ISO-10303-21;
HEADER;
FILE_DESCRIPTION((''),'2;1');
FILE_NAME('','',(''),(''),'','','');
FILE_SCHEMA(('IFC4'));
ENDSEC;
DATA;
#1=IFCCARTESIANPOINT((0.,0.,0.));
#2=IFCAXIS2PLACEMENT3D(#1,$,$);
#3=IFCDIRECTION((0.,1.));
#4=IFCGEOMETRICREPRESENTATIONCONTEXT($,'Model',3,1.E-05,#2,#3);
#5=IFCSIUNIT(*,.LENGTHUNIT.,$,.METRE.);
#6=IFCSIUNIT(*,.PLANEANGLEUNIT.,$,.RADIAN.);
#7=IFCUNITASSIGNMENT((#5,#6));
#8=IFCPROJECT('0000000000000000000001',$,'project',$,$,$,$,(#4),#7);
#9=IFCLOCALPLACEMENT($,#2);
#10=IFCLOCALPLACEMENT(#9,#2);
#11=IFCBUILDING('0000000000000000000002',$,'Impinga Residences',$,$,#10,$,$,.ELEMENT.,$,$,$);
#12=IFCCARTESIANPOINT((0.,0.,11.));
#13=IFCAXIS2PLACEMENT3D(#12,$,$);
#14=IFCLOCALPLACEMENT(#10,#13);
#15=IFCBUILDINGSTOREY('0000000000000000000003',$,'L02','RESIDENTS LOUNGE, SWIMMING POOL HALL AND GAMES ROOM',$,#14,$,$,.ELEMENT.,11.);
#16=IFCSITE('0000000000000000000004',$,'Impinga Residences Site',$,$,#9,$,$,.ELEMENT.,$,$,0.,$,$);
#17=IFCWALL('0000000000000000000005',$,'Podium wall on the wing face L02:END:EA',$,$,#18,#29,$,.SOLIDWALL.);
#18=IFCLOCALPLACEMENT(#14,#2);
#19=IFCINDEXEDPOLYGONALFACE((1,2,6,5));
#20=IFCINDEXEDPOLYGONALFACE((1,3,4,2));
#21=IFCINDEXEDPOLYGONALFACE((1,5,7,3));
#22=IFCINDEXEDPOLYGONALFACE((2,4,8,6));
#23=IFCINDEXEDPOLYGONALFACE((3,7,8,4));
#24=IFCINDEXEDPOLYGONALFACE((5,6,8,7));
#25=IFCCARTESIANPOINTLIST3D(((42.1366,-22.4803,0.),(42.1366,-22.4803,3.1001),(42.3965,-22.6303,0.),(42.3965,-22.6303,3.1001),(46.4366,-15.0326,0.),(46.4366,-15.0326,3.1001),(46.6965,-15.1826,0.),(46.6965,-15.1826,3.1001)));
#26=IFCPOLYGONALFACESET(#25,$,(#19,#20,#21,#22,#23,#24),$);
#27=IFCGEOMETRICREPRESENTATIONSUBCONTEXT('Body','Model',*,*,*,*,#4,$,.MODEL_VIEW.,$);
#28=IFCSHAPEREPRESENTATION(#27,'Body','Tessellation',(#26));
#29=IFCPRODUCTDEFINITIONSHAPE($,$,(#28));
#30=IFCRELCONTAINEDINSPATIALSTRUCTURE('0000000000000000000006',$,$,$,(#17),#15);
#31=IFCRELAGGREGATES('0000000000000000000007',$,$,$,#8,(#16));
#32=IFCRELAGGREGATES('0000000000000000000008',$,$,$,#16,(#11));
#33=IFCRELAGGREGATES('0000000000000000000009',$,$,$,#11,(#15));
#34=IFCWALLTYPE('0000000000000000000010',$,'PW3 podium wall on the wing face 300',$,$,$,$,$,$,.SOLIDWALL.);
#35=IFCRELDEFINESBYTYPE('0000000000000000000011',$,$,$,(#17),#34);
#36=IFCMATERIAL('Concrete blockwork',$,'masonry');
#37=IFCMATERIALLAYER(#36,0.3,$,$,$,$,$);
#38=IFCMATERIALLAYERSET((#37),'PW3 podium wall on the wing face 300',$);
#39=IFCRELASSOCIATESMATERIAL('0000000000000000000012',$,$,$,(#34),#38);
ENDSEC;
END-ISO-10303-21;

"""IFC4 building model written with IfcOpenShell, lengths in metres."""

from ifc_helpers import new_model, si_unit, direction, frame, frame_2d, origin, place, context, subcontext, project, spatial, rectangle, extrude, material, layer, layer_set, type_object, element, save


model = new_model("IFC4")

# Units and contexts
model_context = context("Model", 3, precision=1e-05, world=origin(), true_north=direction((0.0, 1.0)))
body_context = subcontext(model_context, "Body", "Model", "MODEL_VIEW")
ifc_project = project(units=[si_unit("LENGTHUNIT", "METRE"), si_unit("PLANEANGLEUNIT", "RADIAN")], contexts=[model_context])

# Site, building, storey
site_placement = place(None, origin())
site = spatial("IfcSite", under=ifc_project, at=site_placement, Name="Impinga Residences Site", CompositionType="ELEMENT", RefElevation=0.0)
building_placement = place(site_placement, origin())
building = spatial("IfcBuilding", under=site, at=building_placement, Name="Impinga Residences", CompositionType="ELEMENT")
storey_placement = place(building_placement, frame((0.0, 0.0, 11.0)))
storey = spatial("IfcBuildingStorey", under=building, at=storey_placement, Name="L02", Description="RESIDENTS LOUNGE, SWIMMING POOL HALL AND GAMES ROOM", CompositionType="ELEMENT", Elevation=11.0)

# Wall
ifc_material_1 = material(Name="Concrete blockwork", Category="masonry")
ifc_layer_1 = layer(ifc_material_1, 0.3)
ifc_layer_set_1 = layer_set([ifc_layer_1], Name="PW3 podium wall on the wing face 300")
wall_type_1 = type_object("IfcWallType", Name="PW3 podium wall on the wing face 300", PredefinedType="SOLIDWALL", material=ifc_layer_set_1)
wall_1_placement = place(storey_placement, frame((42.2666, -22.5552, 0.0), z_axis=(0.0, 0.0, 1.0), x_axis=(0.500008, 0.866021, 0.0)))
element("IfcWall", 1, at=wall_1_placement, inside=storey, type_object=wall_type_1, Name="Podium wall on the wing face L02:END:EA", PredefinedType="SOLIDWALL", context=body_context, shape_type="SweptSolid", body=[
    extrude(rectangle(XDim=8.5999, YDim=0.3, at=frame_2d((4.2998, 0.0))), origin(), (0.0, 0.0, 1.0), 3.1001),
])

save(model, "model.ifc")
